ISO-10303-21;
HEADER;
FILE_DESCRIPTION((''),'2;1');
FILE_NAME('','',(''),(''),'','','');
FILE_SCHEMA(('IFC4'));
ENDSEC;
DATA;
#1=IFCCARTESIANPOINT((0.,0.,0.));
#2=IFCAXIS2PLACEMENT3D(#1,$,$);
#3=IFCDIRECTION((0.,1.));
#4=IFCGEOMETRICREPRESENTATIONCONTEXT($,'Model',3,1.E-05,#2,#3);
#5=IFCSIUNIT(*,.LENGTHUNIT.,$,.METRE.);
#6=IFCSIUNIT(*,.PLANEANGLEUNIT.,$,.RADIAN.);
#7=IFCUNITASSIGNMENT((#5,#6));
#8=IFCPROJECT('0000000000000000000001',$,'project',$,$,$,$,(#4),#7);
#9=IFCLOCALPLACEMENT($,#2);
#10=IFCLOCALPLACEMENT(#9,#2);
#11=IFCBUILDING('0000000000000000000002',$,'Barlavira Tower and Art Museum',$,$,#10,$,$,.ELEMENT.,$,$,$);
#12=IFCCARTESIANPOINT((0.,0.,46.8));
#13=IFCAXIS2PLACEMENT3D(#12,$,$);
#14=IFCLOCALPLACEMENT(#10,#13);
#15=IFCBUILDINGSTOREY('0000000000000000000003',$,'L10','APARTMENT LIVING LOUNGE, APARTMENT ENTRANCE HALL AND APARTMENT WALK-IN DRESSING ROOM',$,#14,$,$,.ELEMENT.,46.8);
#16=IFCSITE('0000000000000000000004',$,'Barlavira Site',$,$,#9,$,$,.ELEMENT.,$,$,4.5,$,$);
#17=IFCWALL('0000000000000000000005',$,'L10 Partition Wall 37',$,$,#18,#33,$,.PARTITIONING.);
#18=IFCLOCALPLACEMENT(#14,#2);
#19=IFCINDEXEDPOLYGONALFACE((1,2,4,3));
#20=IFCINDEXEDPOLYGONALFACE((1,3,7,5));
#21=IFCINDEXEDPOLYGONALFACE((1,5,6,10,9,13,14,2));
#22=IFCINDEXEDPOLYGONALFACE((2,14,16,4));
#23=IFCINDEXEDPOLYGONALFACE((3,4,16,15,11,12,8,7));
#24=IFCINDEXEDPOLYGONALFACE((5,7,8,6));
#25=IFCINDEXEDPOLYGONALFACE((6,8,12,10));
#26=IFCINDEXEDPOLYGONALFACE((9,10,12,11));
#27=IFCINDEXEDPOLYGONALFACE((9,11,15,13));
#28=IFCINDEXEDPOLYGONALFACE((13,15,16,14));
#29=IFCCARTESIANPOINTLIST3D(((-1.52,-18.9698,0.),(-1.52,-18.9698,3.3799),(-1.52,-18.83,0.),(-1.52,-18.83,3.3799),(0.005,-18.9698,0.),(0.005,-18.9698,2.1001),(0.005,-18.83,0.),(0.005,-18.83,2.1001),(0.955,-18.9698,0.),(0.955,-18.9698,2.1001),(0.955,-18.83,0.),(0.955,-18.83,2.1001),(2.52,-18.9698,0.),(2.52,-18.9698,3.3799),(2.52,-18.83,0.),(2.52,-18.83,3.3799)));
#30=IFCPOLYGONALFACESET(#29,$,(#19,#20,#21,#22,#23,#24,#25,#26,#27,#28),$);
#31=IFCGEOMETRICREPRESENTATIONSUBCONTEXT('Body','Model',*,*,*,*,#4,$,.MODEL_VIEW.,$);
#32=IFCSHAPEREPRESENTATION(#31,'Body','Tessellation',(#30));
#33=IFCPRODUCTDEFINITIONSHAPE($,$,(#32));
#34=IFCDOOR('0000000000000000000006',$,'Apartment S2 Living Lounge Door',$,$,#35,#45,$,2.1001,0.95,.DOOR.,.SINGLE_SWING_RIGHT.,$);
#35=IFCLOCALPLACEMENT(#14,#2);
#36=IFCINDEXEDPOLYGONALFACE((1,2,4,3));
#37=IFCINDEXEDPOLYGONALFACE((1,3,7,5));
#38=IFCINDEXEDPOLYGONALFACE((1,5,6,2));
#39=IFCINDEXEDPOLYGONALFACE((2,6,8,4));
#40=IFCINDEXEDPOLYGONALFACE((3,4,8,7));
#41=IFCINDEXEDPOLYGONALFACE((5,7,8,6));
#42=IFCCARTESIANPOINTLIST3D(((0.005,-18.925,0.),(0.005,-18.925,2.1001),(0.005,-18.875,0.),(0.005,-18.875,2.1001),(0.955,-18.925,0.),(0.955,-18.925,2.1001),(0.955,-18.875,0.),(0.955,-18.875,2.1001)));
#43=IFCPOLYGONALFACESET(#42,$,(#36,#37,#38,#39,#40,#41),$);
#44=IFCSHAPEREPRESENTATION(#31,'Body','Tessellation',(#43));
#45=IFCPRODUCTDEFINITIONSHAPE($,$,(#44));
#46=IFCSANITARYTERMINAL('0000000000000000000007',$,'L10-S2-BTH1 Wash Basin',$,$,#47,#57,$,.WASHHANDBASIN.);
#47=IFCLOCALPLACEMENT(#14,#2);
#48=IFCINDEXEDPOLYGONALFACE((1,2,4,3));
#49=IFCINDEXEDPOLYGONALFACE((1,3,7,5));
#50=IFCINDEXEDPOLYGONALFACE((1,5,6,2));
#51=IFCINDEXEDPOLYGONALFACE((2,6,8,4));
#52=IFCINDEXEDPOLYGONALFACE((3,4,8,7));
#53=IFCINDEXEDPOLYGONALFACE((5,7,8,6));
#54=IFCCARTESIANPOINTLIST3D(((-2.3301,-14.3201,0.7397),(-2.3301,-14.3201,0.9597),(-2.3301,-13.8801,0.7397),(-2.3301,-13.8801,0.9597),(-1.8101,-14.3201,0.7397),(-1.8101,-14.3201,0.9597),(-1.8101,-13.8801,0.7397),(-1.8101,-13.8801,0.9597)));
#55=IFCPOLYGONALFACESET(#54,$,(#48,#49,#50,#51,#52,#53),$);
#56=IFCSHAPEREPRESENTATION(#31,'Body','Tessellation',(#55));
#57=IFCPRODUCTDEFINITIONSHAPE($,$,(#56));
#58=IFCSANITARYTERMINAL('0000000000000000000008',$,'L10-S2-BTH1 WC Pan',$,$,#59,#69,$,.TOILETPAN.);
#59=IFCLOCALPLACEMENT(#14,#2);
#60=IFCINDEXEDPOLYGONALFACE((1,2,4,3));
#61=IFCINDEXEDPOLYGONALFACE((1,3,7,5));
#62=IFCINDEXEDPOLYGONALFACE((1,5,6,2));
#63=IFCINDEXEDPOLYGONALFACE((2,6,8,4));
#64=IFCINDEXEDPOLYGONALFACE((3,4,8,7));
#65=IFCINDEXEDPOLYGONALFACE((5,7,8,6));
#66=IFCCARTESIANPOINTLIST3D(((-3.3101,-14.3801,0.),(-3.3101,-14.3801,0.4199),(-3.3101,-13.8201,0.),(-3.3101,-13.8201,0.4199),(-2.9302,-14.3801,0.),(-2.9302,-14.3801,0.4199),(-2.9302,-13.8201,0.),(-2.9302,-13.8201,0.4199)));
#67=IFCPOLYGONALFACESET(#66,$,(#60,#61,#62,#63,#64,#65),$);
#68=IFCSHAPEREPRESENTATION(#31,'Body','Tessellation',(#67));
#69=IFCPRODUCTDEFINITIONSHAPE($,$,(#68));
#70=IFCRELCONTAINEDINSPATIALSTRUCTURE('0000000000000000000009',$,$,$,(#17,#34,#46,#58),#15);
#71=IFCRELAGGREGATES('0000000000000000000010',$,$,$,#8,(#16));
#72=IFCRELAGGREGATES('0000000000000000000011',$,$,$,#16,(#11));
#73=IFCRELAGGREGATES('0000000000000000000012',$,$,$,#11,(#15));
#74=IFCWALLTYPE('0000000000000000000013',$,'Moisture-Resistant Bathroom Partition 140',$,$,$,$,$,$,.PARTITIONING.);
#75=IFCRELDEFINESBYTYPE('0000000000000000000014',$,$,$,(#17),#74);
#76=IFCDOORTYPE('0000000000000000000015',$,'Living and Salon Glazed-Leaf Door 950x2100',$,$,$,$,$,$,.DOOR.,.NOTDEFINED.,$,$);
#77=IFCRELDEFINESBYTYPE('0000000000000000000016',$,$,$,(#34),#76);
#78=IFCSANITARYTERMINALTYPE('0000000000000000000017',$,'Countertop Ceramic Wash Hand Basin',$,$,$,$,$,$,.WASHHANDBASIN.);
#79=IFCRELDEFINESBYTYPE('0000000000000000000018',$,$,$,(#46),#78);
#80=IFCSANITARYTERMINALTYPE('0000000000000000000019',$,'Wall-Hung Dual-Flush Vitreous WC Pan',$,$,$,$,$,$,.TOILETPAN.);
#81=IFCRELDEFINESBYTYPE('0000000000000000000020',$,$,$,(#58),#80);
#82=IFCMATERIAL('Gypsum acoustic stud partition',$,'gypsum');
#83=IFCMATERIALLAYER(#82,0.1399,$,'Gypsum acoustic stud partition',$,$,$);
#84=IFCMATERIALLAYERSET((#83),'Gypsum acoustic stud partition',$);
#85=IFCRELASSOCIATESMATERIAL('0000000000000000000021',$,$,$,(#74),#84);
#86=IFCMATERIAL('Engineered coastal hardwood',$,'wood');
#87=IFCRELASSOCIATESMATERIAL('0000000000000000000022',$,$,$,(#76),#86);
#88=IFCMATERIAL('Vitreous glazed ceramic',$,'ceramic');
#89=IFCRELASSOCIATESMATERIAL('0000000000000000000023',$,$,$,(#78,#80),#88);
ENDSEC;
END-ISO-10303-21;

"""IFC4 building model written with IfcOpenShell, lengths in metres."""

from ifc_helpers import new_model, si_unit, direction, frame, frame_2d, origin, origin_2d, place, context, subcontext, project, spatial, rectangle, extrude, material, layer, layer_set, type_object, element, fill, save


model = new_model("IFC4")

# Units and contexts
model_context = context("Model", 3, precision=1e-05, world=origin(), true_north=direction((0.0, 1.0)))
body_context = subcontext(model_context, "Body", "Model", "MODEL_VIEW")
ifc_project = project(units=[si_unit("LENGTHUNIT", "METRE"), si_unit("PLANEANGLEUNIT", "RADIAN")], contexts=[model_context])

# Site, building, storey
site_placement = place(None, origin())
site = spatial("IfcSite", under=ifc_project, at=site_placement, Name="Barlavira Site", CompositionType="ELEMENT", RefElevation=4.5)
building_placement = place(site_placement, origin())
building = spatial("IfcBuilding", under=site, at=building_placement, Name="Barlavira Tower and Art Museum", CompositionType="ELEMENT")
storey_placement = place(building_placement, frame((0.0, 0.0, 46.8)))
storey = spatial("IfcBuildingStorey", under=building, at=storey_placement, Name="L10", Description="APARTMENT LIVING LOUNGE, APARTMENT ENTRANCE HALL AND APARTMENT WALK-IN DRESSING ROOM", CompositionType="ELEMENT", Elevation=46.8)

# Shared definitions
ifc_material_1 = material(Name="Gypsum acoustic stud partition", Category="gypsum")

# Shared definitions
ifc_layer_1 = layer(ifc_material_1, 0.1399, Name="Gypsum acoustic stud partition")
ifc_layer_set_1 = layer_set([ifc_layer_1], Name="Gypsum acoustic stud partition")
wall_type_1 = type_object("IfcWallType", Name="Moisture-Resistant Bathroom Partition 140", PredefinedType="PARTITIONING", material=ifc_layer_set_1)
ifc_material_2 = material(Name="Engineered coastal hardwood", Category="wood")
door_type_1 = type_object("IfcDoorType", Name="Living and Salon Glazed-Leaf Door 950x2100", OperationType="NOTDEFINED", PredefinedType="DOOR", material=ifc_material_2)

# Wall, opening, door
wall_1_placement = place(storey_placement, frame((-1.52, -18.8999, 0.0), z_axis=(0.0, 0.0, 1.0), x_axis=(1.0, 0.0, 0.0)))
wall_1 = element("IfcWall", 1, at=wall_1_placement, inside=storey, type_object=wall_type_1, Name="L10 Partition Wall 37", PredefinedType="PARTITIONING", context=body_context, shape_type="SweptSolid", body=[
    extrude(rectangle(XDim=4.04, YDim=0.1399, at=frame_2d((2.02, 0.0))), origin(), (0.0, 0.0, 1.0), 3.3799),
])
opening_1_placement = place(wall_1_placement, frame((1.5249, 0.0, 0.0)))
opening_1 = element("IfcOpeningElement", 2, at=opening_1_placement, cuts=wall_1, PredefinedType="OPENING", context=body_context, shape_type="SweptSolid", body=[
    extrude(rectangle(XDim=0.95, YDim=2.1001, at=frame_2d((0.4751, 1.05))), frame((0.0, 0.0801, 0.0), z_axis=(0.0, -1.0, 0.0), x_axis=(1.0, 0.0, 0.0)), (0.0, 0.0, 1.0), 0.1599),
])
door_1_placement = place(opening_1_placement, origin())
door_1 = element("IfcDoor", 3, at=door_1_placement, inside=storey, type_object=door_type_1, Name="Apartment S2 Living Lounge Door", OperationType="SINGLE_SWING_RIGHT", OverallHeight=2.1001, OverallWidth=0.95, PredefinedType="DOOR", context=body_context, shape_type="SweptSolid", body=[
    extrude(rectangle(XDim=0.95, YDim=2.1001, at=frame_2d((0.4751, 1.05))), frame((0.0, 0.0249, 0.0), z_axis=(0.0, -1.0, 0.0), x_axis=(1.0, 0.0, 0.0)), (0.0, 0.0, 1.0), 0.05),
])
fill(opening_1, door_1)

# Sanitary terminals
ifc_material_3 = material(Name="Vitreous glazed ceramic", Category="ceramic")
sanitary_terminal_type_1 = type_object("IfcSanitaryTerminalType", Name="Countertop Ceramic Wash Hand Basin", PredefinedType="WASHHANDBASIN", material=ifc_material_3)
sanitary_terminal_1_placement = place(storey_placement, frame((-2.0701, -14.1001, 0.7397), z_axis=(0.0, 0.0, 1.0), x_axis=(1.0, 0.0, 0.0)))
element("IfcSanitaryTerminal", 4, at=sanitary_terminal_1_placement, inside=storey, type_object=sanitary_terminal_type_1, Name="L10-S2-BTH1 Wash Basin", PredefinedType="WASHHANDBASIN", context=body_context, shape_type="SweptSolid", body=[
    extrude(rectangle(XDim=0.52, YDim=0.4399, at=origin_2d()), origin(), (0.0, 0.0, 1.0), 0.22),
])
sanitary_terminal_type_2 = type_object("IfcSanitaryTerminalType", Name="Wall-Hung Dual-Flush Vitreous WC Pan", PredefinedType="TOILETPAN", material=ifc_material_3)
sanitary_terminal_2_placement = place(storey_placement, frame((-3.1201, -14.1001, 0.0), z_axis=(0.0, 0.0, 1.0), x_axis=(1.0, 0.0, 0.0)))
element("IfcSanitaryTerminal", 5, at=sanitary_terminal_2_placement, inside=storey, type_object=sanitary_terminal_type_2, Name="L10-S2-BTH1 WC Pan", PredefinedType="TOILETPAN", context=body_context, shape_type="SweptSolid", body=[
    extrude(rectangle(XDim=0.3799, YDim=0.5601, at=origin_2d()), origin(), (0.0, 0.0, 1.0), 0.4199),
])

save(model, "model.ifc")
